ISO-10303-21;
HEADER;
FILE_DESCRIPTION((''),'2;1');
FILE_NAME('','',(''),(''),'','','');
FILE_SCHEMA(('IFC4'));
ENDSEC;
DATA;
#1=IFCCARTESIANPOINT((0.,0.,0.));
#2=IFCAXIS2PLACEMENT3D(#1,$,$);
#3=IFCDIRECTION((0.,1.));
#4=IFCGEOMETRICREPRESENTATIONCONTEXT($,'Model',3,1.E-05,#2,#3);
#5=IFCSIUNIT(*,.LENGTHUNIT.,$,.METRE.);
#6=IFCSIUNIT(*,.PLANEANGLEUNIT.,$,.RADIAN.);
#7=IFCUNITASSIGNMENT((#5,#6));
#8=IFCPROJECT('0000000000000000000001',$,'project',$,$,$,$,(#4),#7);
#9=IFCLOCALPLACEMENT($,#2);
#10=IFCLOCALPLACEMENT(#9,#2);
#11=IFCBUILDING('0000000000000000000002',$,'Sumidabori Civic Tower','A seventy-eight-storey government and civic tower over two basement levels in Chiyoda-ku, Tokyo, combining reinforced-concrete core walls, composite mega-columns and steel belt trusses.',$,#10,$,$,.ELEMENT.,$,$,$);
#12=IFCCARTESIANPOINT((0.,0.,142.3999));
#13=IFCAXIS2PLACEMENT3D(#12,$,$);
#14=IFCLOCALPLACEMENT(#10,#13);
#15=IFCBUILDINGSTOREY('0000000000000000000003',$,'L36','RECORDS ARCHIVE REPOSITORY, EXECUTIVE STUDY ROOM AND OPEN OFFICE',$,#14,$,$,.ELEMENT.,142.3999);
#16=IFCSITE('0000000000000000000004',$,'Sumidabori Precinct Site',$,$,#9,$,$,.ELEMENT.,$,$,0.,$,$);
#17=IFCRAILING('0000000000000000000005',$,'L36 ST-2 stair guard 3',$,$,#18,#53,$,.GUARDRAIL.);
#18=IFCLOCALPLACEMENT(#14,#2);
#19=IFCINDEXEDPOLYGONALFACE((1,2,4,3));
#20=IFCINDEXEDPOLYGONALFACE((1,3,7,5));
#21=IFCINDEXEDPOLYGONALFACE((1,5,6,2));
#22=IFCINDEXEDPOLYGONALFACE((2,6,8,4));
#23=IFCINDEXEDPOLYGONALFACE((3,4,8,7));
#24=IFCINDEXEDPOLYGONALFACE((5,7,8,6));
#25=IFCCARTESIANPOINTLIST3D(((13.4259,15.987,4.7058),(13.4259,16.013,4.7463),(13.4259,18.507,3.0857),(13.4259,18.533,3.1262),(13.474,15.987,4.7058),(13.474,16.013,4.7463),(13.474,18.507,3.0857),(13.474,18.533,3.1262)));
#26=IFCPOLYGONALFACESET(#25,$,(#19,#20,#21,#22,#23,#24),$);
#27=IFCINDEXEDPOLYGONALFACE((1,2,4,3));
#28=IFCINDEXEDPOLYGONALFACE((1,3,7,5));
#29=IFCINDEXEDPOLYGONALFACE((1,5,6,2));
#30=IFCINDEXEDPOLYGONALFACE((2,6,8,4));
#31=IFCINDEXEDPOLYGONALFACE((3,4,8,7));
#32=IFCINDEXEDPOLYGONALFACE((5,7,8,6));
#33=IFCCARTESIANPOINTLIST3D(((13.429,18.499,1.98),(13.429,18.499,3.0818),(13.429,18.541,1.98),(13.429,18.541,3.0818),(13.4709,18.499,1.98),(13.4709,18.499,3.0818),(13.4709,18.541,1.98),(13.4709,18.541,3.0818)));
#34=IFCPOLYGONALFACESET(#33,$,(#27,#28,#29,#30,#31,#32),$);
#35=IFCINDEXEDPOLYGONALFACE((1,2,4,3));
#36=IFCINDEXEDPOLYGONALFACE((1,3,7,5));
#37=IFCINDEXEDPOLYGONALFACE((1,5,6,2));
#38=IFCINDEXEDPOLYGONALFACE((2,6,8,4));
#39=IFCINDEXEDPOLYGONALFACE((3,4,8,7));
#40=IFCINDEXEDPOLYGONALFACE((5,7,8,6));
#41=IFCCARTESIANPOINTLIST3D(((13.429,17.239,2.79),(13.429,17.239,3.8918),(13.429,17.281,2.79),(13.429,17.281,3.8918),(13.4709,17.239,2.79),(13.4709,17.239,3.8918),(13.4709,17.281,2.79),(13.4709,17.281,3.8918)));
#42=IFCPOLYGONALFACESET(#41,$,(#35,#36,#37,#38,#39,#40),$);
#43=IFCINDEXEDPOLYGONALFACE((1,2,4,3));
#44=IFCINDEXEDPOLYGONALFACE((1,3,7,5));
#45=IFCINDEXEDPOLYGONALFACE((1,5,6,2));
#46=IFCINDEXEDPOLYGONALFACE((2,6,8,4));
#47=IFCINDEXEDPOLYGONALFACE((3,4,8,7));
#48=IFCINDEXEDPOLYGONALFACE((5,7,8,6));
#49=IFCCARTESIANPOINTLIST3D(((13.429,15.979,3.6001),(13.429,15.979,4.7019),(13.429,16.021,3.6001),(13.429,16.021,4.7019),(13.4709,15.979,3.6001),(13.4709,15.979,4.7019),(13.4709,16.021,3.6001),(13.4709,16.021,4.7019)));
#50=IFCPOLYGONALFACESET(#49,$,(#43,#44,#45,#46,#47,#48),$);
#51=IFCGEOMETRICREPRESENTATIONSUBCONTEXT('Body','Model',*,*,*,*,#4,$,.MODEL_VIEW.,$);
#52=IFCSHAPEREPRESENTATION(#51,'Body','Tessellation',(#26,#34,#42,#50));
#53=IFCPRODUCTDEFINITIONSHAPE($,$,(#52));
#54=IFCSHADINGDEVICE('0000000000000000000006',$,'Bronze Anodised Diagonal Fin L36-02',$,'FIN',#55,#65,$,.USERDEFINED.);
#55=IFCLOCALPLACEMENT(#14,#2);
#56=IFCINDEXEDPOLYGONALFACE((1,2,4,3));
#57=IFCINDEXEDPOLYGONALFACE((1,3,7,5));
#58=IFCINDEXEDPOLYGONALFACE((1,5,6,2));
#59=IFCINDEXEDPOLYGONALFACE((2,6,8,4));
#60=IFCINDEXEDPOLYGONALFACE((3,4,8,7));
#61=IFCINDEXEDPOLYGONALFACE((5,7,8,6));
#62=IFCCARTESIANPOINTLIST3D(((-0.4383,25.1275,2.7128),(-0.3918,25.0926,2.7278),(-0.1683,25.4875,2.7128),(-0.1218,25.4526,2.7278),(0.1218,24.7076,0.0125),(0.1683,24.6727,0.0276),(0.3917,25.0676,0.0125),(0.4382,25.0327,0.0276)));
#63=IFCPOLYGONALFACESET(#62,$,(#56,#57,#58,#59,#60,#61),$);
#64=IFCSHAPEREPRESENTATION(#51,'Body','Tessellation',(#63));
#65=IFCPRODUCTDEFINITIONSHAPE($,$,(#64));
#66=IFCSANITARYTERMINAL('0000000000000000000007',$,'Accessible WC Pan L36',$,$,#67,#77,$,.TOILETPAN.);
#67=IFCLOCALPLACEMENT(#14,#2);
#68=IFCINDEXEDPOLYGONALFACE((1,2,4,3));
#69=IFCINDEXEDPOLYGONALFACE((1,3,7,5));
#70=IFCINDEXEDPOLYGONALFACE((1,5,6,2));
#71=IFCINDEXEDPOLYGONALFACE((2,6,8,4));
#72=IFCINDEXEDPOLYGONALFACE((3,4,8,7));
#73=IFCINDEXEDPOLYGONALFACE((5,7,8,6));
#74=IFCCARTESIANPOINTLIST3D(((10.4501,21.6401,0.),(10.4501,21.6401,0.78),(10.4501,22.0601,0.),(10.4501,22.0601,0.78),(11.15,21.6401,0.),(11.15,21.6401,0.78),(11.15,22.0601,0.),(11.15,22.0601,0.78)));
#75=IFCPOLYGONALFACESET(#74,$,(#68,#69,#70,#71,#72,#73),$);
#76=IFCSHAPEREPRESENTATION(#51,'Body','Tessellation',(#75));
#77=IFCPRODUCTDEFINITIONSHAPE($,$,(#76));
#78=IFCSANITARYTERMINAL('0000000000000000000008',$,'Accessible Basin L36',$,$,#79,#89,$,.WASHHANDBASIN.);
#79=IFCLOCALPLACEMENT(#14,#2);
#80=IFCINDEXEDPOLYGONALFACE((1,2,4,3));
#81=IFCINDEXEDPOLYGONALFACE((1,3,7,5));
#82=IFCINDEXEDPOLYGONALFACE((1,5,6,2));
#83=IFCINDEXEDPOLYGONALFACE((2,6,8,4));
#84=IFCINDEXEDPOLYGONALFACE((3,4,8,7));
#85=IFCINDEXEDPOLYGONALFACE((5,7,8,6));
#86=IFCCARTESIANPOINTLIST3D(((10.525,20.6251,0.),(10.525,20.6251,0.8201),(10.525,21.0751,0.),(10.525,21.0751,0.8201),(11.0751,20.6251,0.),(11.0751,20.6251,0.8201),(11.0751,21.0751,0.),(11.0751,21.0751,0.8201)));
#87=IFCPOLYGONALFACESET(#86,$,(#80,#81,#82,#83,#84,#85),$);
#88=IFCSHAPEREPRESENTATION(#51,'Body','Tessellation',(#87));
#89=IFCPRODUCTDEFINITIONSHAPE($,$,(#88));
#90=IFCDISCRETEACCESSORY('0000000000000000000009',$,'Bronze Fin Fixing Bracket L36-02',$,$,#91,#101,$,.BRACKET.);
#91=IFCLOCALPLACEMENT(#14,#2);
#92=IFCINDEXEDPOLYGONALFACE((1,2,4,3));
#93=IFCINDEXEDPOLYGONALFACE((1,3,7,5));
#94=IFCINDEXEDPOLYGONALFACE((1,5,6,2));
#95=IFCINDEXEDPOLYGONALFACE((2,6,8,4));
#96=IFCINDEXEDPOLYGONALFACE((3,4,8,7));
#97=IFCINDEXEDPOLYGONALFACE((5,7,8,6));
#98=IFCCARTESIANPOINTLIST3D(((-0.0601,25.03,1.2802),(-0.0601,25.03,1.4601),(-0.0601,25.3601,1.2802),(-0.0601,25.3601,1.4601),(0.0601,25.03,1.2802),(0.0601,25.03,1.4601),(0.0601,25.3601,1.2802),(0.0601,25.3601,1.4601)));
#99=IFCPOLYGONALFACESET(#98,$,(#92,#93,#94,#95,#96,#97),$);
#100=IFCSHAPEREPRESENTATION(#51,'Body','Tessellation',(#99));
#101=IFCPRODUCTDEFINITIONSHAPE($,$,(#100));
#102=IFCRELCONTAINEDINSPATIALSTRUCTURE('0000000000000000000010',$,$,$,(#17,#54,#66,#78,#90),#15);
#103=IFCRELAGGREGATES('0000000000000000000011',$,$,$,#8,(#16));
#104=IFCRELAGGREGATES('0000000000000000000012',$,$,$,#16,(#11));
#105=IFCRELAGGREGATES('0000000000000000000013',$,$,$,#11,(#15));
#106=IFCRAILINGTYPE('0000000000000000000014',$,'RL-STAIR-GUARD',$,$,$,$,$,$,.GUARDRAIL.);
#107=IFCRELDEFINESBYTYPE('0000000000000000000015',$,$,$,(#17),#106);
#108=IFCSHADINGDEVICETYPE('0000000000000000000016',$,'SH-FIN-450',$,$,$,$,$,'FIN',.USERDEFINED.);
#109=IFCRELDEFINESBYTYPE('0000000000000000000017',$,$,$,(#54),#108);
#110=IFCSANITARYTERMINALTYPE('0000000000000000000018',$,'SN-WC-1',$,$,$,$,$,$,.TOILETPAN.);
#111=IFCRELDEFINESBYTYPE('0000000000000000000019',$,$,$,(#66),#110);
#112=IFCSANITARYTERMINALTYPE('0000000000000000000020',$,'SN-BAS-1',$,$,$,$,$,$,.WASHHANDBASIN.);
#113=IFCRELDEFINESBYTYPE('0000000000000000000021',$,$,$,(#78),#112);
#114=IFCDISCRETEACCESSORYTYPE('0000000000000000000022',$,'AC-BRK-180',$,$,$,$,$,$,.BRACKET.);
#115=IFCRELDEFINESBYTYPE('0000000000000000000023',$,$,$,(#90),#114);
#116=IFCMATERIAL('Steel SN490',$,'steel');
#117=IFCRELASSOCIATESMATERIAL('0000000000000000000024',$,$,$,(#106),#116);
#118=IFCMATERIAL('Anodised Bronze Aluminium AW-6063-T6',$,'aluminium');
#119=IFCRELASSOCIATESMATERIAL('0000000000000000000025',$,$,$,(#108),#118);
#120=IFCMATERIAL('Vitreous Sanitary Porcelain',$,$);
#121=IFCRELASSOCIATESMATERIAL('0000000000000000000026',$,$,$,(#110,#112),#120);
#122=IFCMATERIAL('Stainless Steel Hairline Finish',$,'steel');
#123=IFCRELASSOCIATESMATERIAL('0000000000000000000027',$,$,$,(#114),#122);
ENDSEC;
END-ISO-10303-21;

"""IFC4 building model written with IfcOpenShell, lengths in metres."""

from ifc_helpers import new_model, si_unit, direction, frame, origin, origin_2d, place, context, subcontext, project, spatial, rectangle, extrude, source, transform, mapped, material, material_profile, profile_set, type_object, element, save


model = new_model("IFC4")

# Units and contexts
model_context = context("Model", 3, precision=1e-05, world=origin(), true_north=direction((0.0, 1.0)))
body_context = subcontext(model_context, "Body", "Model", "MODEL_VIEW")
ifc_project = project(units=[si_unit("LENGTHUNIT", "METRE"), si_unit("PLANEANGLEUNIT", "RADIAN")], contexts=[model_context])

# Site, building, storey
site_placement = place(None, origin())
site = spatial("IfcSite", under=ifc_project, at=site_placement, Name="Sumidabori Precinct Site", CompositionType="ELEMENT", RefElevation=0.0)
building_placement = place(site_placement, origin())
building = spatial("IfcBuilding", under=site, at=building_placement, Name="Sumidabori Civic Tower", Description="A seventy-eight-storey government and civic tower over two basement levels in Chiyoda-ku, Tokyo, combining reinforced-concrete core walls, composite mega-columns and steel belt trusses.", CompositionType="ELEMENT")
storey_placement = place(building_placement, frame((0.0, 0.0, 142.3999)))
storey = spatial("IfcBuildingStorey", under=building, at=storey_placement, Name="L36", Description="RECORDS ARCHIVE REPOSITORY, EXECUTIVE STUDY ROOM AND OPEN OFFICE", CompositionType="ELEMENT", Elevation=142.3999)

# Shared definitions
ifc_material_1 = material(Name="Steel SN490", Category="steel")

# Shared definitions
ifc_material_2 = material(Name="Anodised Bronze Aluminium AW-6063-T6", Category="aluminium")

# Railing
ifc_material_3 = material(Name="Stainless Steel Hairline Finish", Category="steel")
railing_type_1 = type_object("IfcRailingType", Name="RL-STAIR-GUARD", PredefinedType="GUARDRAIL", material=ifc_material_1)
railing_1_placement = place(storey_placement, frame((13.45, 18.52, 1.98)))
element("IfcRailing", 1, at=railing_1_placement, inside=storey, type_object=railing_type_1, Name="L36 ST-2 stair guard 3", PredefinedType="GUARDRAIL", context=body_context, shape_type="SweptSolid", body=[
    extrude(rectangle(XDim=0.0481, YDim=0.0481, at=origin_2d()), frame((0.0, 0.0, 1.126), z_axis=(0.0, -0.841163, 0.540782), x_axis=(1.0, 0.0, 0.0)), (0.0, 0.0, 1.0), 2.9958),
    extrude(rectangle(XDim=0.042, YDim=0.042, at=origin_2d()), origin(), (0.0, 0.0, 1.0), 1.1018),
    extrude(rectangle(XDim=0.042, YDim=0.042, at=origin_2d()), frame((0.0, -1.26, 0.8101)), (0.0, 0.0, 1.0), 1.1018),
    extrude(rectangle(XDim=0.042, YDim=0.042, at=origin_2d()), frame((0.0, -2.52, 1.6201)), (0.0, 0.0, 1.0), 1.1018),
])

# Shading device
ifc_material_profile_1 = material_profile(ifc_material_2, rectangle(XDim=0.0601, YDim=0.45, at=origin_2d()), Name="BRONZE FIN 450x60")
ifc_profile_set_1 = profile_set([ifc_material_profile_1], Name="Anodised Bronze Aluminium AW-6063-T6")
shading_device_type = type_object("IfcShadingDeviceType", Name="SH-FIN-450", ElementType="FIN", PredefinedType="USERDEFINED", material=ifc_profile_set_1)
shared_shape_1 = source(origin(), body_context, "Body", "SweptSolid", [
    extrude(rectangle(XDim=0.0601, YDim=0.45, at=origin_2d()), origin(), (0.0, 0.0, 1.0), 2.7896),
])
shading_device_placement = place(storey_placement, frame((0.28, 24.8701, 0.02), z_axis=(-0.200777, 0.150539, 0.968001), x_axis=(0.774482, -0.580693, 0.250945)))
element("IfcShadingDevice", 2, at=shading_device_placement, inside=storey, type_object=shading_device_type, Name="Bronze Anodised Diagonal Fin L36-02", ObjectType="FIN", PredefinedType="USERDEFINED", context=body_context, shape_type="MappedRepresentation", body=[
    mapped(shared_shape_1, transform((0.0, 0.0, 0.0), x_axis=(1.0, 0.0, 0.0), y_axis=(0.0, 1.0, 0.0), z_axis=(0.0, 0.0, 1.0), scale=1.0)),
])

# Sanitary terminals
ifc_material_4 = material(Name="Vitreous Sanitary Porcelain")
sanitary_terminal_type_1 = type_object("IfcSanitaryTerminalType", Name="SN-WC-1", PredefinedType="TOILETPAN", material=ifc_material_4)
shared_shape_2 = source(origin(), body_context, "Body", "SweptSolid", [
    extrude(rectangle(XDim=0.7, YDim=0.4199, at=origin_2d()), origin(), (0.0, 0.0, 1.0), 0.78),
])
sanitary_terminal_1_placement = place(storey_placement, frame((10.8, 21.8501, 0.0), z_axis=(0.0, 0.0, 1.0), x_axis=(1.0, 0.0, 0.0)))
element("IfcSanitaryTerminal", 3, at=sanitary_terminal_1_placement, inside=storey, type_object=sanitary_terminal_type_1, Name="Accessible WC Pan L36", PredefinedType="TOILETPAN", context=body_context, shape_type="MappedRepresentation", body=[
    mapped(shared_shape_2, transform((0.0, 0.0, 0.0), x_axis=(1.0, 0.0, 0.0), y_axis=(0.0, 1.0, 0.0), z_axis=(0.0, 0.0, 1.0), scale=1.0)),
])
sanitary_terminal_type_2 = type_object("IfcSanitaryTerminalType", Name="SN-BAS-1", PredefinedType="WASHHANDBASIN", material=ifc_material_4)
shared_shape_3 = source(origin(), body_context, "Body", "SweptSolid", [
    extrude(rectangle(XDim=0.55, YDim=0.45, at=origin_2d()), origin(), (0.0, 0.0, 1.0), 0.8201),
])
sanitary_terminal_2_placement = place(storey_placement, frame((10.8, 20.8501, 0.0), z_axis=(0.0, 0.0, 1.0), x_axis=(1.0, 0.0, 0.0)))
element("IfcSanitaryTerminal", 4, at=sanitary_terminal_2_placement, inside=storey, type_object=sanitary_terminal_type_2, Name="Accessible Basin L36", PredefinedType="WASHHANDBASIN", context=body_context, shape_type="MappedRepresentation", body=[
    mapped(shared_shape_3, transform((0.0, 0.0, 0.0), x_axis=(1.0, 0.0, 0.0), y_axis=(0.0, 1.0, 0.0), z_axis=(0.0, 0.0, 1.0), scale=1.0)),
])

# Discrete accessory
ifc_material_profile_2 = material_profile(ifc_material_3, rectangle(XDim=0.1201, YDim=0.1799, at=origin_2d()), Name="STEEL BRACKET 180x120")
ifc_profile_set_2 = profile_set([ifc_material_profile_2], Name="Stainless Steel Hairline Finish")
discrete_accessory_type = type_object("IfcDiscreteAccessoryType", Name="AC-BRK-180", PredefinedType="BRACKET", material=ifc_profile_set_2)
shared_shape_4 = source(origin(), body_context, "Body", "SweptSolid", [
    extrude(rectangle(XDim=0.1201, YDim=0.1799, at=origin_2d()), origin(), (0.0, 0.0, 1.0), 0.3301),
])
discrete_accessory_placement = place(storey_placement, frame((0.0, 25.03, 1.3701), z_axis=(0.0, 1.0, 0.0), x_axis=(-1.0, 0.0, 0.0)))
element("IfcDiscreteAccessory", 5, at=discrete_accessory_placement, inside=storey, type_object=discrete_accessory_type, Name="Bronze Fin Fixing Bracket L36-02", PredefinedType="BRACKET", context=body_context, shape_type="MappedRepresentation", body=[
    mapped(shared_shape_4, transform((0.0, 0.0, 0.0), x_axis=(1.0, 0.0, 0.0), y_axis=(0.0, 1.0, 0.0), z_axis=(0.0, 0.0, 1.0), scale=1.0)),
])

save(model, "model.ifc")
